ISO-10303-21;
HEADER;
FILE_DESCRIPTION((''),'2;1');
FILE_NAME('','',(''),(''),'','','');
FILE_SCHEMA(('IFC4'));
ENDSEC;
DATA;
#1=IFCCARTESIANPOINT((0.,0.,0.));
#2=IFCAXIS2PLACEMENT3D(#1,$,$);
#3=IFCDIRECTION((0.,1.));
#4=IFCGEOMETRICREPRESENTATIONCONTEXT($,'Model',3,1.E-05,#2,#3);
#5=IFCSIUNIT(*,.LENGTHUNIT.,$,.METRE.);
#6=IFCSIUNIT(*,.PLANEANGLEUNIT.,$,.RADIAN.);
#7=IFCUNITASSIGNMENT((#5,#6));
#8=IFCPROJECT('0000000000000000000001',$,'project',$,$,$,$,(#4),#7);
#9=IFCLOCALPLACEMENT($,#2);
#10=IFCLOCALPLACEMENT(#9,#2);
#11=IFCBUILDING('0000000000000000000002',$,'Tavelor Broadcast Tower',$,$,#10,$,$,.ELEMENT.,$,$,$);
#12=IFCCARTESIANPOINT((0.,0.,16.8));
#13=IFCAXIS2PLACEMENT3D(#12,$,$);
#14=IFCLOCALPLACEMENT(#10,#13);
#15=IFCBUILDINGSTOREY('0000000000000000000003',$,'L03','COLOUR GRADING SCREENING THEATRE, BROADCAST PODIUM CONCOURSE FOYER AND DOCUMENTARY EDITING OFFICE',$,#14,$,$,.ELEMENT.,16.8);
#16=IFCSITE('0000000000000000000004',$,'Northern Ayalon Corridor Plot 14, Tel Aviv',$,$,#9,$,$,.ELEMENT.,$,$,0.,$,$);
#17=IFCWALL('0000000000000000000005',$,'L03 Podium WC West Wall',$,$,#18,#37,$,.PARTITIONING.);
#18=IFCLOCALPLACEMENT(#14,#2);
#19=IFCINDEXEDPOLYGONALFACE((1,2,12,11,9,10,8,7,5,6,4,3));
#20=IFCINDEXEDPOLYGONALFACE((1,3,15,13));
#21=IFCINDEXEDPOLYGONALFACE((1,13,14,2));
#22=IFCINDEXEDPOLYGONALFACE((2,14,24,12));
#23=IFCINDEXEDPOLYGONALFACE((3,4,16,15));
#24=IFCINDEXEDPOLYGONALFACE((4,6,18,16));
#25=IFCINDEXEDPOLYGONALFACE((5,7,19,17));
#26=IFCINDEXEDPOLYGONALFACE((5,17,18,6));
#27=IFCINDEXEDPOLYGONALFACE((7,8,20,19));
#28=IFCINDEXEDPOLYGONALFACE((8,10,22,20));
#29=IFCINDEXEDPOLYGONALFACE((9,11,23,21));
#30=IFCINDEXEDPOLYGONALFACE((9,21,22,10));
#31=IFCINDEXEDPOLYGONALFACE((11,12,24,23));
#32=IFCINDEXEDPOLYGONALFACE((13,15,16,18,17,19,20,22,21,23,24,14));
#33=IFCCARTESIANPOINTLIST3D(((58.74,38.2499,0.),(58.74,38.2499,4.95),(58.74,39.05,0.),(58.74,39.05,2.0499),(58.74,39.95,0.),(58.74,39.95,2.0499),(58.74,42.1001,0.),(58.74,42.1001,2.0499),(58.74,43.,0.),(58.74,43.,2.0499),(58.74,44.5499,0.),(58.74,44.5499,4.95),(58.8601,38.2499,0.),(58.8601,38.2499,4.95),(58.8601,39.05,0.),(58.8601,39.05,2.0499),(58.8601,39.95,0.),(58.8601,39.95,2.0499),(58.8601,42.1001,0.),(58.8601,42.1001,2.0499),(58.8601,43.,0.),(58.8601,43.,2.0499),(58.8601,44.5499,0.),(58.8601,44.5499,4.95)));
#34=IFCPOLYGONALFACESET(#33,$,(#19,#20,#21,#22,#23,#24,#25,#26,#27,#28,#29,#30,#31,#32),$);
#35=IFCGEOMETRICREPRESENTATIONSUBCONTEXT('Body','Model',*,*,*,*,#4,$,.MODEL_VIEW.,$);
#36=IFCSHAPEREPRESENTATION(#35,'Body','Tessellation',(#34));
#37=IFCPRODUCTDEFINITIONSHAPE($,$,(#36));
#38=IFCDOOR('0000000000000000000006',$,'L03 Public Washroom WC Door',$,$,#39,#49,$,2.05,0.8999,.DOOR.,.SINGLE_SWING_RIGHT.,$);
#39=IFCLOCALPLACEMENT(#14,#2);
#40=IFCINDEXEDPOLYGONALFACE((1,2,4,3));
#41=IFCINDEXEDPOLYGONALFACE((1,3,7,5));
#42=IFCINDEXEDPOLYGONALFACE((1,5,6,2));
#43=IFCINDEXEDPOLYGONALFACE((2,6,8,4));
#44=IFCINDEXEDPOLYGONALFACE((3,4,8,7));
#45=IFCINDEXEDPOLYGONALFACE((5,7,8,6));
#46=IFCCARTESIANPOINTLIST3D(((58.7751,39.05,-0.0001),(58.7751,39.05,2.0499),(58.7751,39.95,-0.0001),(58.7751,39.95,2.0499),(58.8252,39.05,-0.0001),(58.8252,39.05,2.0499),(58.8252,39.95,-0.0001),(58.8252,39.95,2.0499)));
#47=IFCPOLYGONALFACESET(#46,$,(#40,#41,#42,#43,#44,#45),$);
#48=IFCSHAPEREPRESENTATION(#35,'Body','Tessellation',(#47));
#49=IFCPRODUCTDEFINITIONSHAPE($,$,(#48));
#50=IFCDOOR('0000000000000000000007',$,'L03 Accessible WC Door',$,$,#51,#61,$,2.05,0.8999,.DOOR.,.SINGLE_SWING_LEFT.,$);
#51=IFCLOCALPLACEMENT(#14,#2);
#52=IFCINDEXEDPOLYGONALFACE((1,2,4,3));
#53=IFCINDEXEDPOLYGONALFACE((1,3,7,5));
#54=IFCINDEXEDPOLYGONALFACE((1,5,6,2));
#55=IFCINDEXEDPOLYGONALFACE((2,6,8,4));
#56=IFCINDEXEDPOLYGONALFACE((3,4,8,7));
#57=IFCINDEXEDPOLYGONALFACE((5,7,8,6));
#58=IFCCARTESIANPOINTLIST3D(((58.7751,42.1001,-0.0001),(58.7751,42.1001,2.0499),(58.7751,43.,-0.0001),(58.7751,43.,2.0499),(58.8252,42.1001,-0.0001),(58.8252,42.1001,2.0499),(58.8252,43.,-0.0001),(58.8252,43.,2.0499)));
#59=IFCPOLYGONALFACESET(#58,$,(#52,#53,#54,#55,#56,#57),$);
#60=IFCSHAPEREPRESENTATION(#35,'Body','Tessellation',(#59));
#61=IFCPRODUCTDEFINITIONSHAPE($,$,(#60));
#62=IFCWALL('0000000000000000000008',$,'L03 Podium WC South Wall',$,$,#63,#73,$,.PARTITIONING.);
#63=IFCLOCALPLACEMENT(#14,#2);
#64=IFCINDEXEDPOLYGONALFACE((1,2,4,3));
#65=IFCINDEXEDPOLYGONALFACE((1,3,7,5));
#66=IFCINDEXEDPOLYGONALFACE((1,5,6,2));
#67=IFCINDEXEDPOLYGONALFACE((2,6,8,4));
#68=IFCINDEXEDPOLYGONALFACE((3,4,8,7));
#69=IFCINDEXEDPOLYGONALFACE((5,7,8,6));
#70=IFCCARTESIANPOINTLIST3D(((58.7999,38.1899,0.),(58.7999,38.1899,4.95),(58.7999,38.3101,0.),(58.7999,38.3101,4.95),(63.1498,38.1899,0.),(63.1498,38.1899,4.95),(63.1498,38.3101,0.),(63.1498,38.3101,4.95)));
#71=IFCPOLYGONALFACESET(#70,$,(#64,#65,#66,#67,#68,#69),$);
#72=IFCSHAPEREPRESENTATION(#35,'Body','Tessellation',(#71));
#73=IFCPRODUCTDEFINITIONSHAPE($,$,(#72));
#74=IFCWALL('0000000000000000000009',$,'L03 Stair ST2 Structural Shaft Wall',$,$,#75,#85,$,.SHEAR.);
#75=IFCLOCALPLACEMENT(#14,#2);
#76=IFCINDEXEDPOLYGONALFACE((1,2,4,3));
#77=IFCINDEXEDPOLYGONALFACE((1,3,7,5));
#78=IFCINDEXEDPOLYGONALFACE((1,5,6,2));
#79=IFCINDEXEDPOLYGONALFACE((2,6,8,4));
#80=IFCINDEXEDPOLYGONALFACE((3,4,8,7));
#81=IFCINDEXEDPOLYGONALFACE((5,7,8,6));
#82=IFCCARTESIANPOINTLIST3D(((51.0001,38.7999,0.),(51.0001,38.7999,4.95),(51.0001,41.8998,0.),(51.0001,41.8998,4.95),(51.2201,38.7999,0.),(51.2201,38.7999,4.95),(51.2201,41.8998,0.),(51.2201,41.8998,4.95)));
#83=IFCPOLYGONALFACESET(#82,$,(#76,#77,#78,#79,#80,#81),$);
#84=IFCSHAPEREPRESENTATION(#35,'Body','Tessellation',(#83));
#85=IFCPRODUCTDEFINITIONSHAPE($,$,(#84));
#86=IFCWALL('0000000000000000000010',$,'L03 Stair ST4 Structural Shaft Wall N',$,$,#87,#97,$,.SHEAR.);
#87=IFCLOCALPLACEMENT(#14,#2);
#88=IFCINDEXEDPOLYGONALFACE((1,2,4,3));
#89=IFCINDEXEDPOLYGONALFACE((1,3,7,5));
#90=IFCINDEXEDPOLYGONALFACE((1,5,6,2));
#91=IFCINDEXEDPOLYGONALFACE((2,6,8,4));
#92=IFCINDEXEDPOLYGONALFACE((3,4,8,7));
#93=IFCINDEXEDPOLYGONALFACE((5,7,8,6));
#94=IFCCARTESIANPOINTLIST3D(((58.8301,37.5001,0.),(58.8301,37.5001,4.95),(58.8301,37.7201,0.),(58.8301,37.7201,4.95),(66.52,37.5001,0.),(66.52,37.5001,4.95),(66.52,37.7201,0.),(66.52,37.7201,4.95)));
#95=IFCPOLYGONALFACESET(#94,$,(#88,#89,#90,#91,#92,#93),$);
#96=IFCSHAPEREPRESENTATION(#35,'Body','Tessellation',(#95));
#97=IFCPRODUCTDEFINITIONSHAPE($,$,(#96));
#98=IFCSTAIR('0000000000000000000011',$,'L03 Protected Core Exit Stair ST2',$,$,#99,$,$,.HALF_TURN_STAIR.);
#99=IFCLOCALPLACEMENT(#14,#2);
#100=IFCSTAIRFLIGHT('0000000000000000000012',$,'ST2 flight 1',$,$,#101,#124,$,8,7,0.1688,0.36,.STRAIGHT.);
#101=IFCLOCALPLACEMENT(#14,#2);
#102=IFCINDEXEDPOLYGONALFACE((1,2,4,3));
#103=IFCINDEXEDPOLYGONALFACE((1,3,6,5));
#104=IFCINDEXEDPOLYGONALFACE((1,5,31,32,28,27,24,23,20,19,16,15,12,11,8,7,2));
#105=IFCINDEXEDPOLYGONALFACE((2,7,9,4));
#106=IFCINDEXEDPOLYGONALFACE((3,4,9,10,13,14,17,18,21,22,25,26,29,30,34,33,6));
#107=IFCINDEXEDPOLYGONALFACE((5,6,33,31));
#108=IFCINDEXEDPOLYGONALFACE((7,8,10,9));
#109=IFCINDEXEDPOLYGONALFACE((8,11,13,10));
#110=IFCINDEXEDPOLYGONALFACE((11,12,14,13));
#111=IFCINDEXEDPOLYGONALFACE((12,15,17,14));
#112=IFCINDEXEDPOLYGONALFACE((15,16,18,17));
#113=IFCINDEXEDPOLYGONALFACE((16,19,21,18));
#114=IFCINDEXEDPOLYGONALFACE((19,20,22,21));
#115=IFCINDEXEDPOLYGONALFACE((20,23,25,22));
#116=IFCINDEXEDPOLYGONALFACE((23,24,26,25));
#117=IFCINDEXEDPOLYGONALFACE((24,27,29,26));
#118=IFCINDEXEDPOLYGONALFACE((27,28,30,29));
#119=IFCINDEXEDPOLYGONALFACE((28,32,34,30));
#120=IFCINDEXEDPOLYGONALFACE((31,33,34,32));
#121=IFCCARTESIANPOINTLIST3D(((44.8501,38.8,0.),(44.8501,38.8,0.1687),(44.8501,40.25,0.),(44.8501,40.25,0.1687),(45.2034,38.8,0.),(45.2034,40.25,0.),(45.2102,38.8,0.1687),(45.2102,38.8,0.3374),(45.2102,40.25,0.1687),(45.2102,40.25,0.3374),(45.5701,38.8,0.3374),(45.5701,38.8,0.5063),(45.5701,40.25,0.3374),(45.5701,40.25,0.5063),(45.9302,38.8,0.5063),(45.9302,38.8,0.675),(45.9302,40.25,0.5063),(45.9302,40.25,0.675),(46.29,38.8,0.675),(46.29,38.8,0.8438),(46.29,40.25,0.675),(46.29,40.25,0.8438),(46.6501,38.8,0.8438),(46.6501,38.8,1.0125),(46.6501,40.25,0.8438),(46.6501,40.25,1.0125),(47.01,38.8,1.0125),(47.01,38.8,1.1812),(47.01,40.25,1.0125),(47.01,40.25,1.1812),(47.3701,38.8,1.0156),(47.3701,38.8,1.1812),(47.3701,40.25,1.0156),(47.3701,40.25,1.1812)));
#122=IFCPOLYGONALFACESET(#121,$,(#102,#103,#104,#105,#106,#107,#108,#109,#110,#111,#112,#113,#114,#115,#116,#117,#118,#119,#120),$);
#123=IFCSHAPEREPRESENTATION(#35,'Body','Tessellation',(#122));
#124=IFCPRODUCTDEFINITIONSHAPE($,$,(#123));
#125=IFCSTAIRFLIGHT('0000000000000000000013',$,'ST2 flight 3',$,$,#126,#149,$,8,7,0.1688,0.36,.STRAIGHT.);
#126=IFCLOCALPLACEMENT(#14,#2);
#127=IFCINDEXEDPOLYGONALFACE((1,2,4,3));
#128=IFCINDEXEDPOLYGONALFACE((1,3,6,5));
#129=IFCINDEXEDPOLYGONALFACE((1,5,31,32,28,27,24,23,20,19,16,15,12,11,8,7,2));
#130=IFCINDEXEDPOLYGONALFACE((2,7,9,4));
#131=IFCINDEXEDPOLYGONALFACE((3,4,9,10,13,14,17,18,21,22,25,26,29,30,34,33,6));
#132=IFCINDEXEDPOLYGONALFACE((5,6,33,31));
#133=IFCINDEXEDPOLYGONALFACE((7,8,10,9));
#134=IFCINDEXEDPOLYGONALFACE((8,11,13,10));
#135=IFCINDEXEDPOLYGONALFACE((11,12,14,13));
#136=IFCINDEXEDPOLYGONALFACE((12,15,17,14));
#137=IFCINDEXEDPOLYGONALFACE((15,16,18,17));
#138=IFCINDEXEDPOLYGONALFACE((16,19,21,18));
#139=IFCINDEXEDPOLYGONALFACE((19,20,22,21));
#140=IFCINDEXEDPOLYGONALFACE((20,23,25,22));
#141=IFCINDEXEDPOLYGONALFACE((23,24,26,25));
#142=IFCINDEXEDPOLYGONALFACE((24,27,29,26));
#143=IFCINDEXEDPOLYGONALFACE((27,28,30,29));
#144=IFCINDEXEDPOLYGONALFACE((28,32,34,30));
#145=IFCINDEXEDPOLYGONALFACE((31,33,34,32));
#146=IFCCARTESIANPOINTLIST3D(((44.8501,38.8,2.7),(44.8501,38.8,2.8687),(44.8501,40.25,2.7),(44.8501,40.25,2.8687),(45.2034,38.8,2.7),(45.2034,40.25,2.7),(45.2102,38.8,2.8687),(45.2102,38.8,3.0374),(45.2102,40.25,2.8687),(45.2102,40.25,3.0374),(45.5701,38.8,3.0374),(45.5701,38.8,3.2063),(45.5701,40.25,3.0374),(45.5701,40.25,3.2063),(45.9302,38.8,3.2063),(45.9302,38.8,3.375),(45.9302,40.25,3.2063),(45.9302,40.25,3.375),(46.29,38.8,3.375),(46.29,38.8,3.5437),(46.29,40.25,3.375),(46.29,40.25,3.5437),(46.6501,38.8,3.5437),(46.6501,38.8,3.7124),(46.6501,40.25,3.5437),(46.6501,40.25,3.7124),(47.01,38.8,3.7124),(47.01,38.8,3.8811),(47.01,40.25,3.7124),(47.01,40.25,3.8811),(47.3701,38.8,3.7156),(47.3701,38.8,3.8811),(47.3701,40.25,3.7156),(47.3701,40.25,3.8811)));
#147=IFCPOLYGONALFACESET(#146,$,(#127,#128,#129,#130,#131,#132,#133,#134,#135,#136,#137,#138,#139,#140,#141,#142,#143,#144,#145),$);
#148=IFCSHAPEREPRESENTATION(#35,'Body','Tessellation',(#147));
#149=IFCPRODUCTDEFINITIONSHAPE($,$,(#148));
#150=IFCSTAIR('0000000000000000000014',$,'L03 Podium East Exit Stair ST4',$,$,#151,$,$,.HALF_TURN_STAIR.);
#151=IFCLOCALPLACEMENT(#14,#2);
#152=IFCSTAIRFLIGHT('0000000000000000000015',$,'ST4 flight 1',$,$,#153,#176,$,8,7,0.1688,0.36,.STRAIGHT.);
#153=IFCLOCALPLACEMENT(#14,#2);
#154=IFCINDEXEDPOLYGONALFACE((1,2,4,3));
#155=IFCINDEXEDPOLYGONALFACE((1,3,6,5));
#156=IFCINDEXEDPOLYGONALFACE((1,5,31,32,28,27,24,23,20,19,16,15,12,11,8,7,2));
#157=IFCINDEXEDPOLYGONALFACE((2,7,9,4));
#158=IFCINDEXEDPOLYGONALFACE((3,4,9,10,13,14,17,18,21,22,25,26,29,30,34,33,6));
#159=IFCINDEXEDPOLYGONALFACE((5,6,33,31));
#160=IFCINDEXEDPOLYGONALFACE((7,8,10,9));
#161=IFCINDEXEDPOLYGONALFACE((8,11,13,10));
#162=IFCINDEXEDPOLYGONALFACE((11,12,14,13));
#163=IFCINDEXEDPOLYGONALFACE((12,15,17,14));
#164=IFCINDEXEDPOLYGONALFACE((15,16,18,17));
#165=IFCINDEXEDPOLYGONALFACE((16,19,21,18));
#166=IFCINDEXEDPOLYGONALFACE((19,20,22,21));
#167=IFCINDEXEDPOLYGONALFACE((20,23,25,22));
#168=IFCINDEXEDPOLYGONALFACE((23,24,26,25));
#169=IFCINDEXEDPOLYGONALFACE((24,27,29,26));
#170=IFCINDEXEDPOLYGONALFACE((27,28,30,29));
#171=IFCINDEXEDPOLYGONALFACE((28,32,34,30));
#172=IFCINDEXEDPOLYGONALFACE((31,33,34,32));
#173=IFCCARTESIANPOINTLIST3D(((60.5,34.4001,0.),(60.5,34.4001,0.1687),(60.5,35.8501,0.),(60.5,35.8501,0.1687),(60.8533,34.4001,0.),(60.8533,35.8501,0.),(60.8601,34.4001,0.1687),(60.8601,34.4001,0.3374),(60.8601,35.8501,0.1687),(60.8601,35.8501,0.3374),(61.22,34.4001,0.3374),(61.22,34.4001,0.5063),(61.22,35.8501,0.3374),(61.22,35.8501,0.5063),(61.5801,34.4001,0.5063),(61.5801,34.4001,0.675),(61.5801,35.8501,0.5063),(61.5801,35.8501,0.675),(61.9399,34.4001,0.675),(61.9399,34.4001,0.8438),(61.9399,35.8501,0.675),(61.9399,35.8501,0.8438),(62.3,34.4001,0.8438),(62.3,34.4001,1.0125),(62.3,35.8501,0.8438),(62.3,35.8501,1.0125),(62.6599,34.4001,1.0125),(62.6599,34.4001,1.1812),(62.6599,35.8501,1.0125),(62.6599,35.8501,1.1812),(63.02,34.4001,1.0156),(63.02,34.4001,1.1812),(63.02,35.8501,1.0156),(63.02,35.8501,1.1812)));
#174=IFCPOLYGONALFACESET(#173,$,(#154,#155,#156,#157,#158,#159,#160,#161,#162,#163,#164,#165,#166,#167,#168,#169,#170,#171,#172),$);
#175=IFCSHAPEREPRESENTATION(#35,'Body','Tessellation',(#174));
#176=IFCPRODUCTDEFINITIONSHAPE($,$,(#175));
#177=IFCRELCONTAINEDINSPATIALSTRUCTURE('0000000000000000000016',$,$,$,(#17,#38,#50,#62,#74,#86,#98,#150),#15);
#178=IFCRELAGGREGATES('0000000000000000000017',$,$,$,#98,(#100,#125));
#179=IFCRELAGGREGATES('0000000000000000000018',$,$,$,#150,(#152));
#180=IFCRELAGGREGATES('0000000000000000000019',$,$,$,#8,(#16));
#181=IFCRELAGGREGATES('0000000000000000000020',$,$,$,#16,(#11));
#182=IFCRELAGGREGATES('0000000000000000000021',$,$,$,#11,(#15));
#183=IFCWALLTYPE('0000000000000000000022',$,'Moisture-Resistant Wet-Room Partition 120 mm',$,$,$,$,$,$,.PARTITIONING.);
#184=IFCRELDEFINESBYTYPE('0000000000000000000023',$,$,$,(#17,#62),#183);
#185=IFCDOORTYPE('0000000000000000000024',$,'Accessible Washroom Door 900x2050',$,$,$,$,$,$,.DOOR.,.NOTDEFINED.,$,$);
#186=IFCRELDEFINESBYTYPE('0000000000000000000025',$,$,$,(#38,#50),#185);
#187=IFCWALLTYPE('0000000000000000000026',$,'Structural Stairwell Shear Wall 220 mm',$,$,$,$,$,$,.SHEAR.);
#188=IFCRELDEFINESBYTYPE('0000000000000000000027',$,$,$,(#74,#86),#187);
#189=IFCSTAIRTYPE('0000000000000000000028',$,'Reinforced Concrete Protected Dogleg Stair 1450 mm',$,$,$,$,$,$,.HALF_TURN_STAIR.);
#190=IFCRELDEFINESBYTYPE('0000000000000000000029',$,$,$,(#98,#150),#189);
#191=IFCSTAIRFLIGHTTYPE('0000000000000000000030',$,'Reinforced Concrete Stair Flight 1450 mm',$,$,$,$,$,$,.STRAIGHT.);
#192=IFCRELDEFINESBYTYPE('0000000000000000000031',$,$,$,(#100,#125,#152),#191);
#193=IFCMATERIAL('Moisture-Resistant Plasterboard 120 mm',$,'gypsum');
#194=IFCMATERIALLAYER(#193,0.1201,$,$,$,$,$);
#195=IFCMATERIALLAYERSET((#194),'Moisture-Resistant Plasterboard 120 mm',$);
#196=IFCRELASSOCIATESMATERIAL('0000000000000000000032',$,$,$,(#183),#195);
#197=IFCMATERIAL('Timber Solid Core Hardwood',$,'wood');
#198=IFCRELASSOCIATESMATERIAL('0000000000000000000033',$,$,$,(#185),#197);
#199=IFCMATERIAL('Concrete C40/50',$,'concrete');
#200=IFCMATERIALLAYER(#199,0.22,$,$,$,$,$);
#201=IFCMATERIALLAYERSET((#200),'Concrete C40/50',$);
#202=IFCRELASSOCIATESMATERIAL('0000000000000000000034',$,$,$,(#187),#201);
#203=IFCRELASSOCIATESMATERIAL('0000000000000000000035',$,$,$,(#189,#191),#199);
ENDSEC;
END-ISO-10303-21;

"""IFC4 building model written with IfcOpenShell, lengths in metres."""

from ifc_helpers import new_model, si_unit, direction, frame, frame_2d, origin, place, context, subcontext, project, spatial, polyline, rectangle, outline, extrude, material, layer, layer_set, type_object, element, fill, aggregate, save


model = new_model("IFC4")

# Units and contexts
model_context = context("Model", 3, precision=1e-05, world=origin(), true_north=direction((0.0, 1.0)))
body_context = subcontext(model_context, "Body", "Model", "MODEL_VIEW")
ifc_project = project(units=[si_unit("LENGTHUNIT", "METRE"), si_unit("PLANEANGLEUNIT", "RADIAN")], contexts=[model_context])

# Site, building, storey
site_placement = place(None, origin())
site = spatial("IfcSite", under=ifc_project, at=site_placement, Name="Northern Ayalon Corridor Plot 14, Tel Aviv", CompositionType="ELEMENT", RefElevation=0.0)
building_placement = place(site_placement, origin())
building = spatial("IfcBuilding", under=site, at=building_placement, Name="Tavelor Broadcast Tower", CompositionType="ELEMENT")
storey_placement = place(building_placement, frame((0.0, 0.0, 16.8)))
storey = spatial("IfcBuildingStorey", under=building, at=storey_placement, Name="L03", Description="COLOUR GRADING SCREENING THEATRE, BROADCAST PODIUM CONCOURSE FOYER AND DOCUMENTARY EDITING OFFICE", CompositionType="ELEMENT", Elevation=16.8)

# Shared definitions
ifc_material_1 = material(Name="Concrete C40/50", Category="concrete")

# Wall, openings, doors
ifc_material_2 = material(Name="Moisture-Resistant Plasterboard 120 mm", Category="gypsum")
ifc_layer_1 = layer(ifc_material_2, 0.1201)
ifc_layer_set_1 = layer_set([ifc_layer_1], Name="Moisture-Resistant Plasterboard 120 mm")
wall_type_1 = type_object("IfcWallType", Name="Moisture-Resistant Wet-Room Partition 120 mm", PredefinedType="PARTITIONING", material=ifc_layer_set_1)
wall_1_placement = place(storey_placement, frame((58.8, 38.25, 0.0), z_axis=(0.0, 0.0, 1.0), x_axis=(0.0, 1.0, 0.0)))
wall_1 = element("IfcWall", 1, at=wall_1_placement, inside=storey, type_object=wall_type_1, Name="L03 Podium WC West Wall", PredefinedType="PARTITIONING", context=body_context, shape_type="SweptSolid", body=[
    extrude(rectangle(XDim=6.3, YDim=0.1201, at=frame_2d((3.1499, 0.0))), origin(), (0.0, 0.0, 1.0), 4.95),
])
opening_1_placement = place(wall_1_placement, frame((0.8, 0.0, 0.0)))
opening_1 = element("IfcOpeningElement", 2, at=opening_1_placement, cuts=wall_1, PredefinedType="OPENING", context=body_context, shape_type="SweptSolid", body=[
    extrude(rectangle(XDim=0.8999, YDim=2.05, at=frame_2d((0.45, 1.0249))), frame((0.0, 0.0701, 0.0), z_axis=(0.0, -1.0, 0.0), x_axis=(1.0, 0.0, 0.0)), (0.0, 0.0, 1.0), 0.1401),
])
opening_2_placement = place(wall_1_placement, frame((3.8501, 0.0, 0.0)))
opening_2 = element("IfcOpeningElement", 3, at=opening_2_placement, cuts=wall_1, PredefinedType="OPENING", context=body_context, shape_type="SweptSolid", body=[
    extrude(rectangle(XDim=0.8999, YDim=2.05, at=frame_2d((0.45, 1.0249))), frame((0.0, 0.0701, 0.0), z_axis=(0.0, -1.0, 0.0), x_axis=(1.0, 0.0, 0.0)), (0.0, 0.0, 1.0), 0.1401),
])
ifc_material_3 = material(Name="Timber Solid Core Hardwood", Category="wood")
door_type_1 = type_object("IfcDoorType", Name="Accessible Washroom Door 900x2050", OperationType="NOTDEFINED", PredefinedType="DOOR", material=ifc_material_3)
door_1_placement = place(opening_1_placement, origin())
door_1 = element("IfcDoor", 4, at=door_1_placement, inside=storey, type_object=door_type_1, Name="L03 Public Washroom WC Door", OperationType="SINGLE_SWING_RIGHT", OverallHeight=2.05, OverallWidth=0.8999, PredefinedType="DOOR", context=body_context, shape_type="SweptSolid", body=[
    extrude(rectangle(XDim=0.8999, YDim=2.05, at=frame_2d((0.45, 1.0249))), frame((0.0, 0.0249, 0.0), z_axis=(0.0, -1.0, 0.0), x_axis=(1.0, 0.0, 0.0)), (0.0, 0.0, 1.0), 0.05),
])
fill(opening_1, door_1)
door_2_placement = place(opening_2_placement, origin())
door_2 = element("IfcDoor", 5, at=door_2_placement, inside=storey, type_object=door_type_1, Name="L03 Accessible WC Door", OperationType="SINGLE_SWING_LEFT", OverallHeight=2.05, OverallWidth=0.8999, PredefinedType="DOOR", context=body_context, shape_type="SweptSolid", body=[
    extrude(rectangle(XDim=0.8999, YDim=2.05, at=frame_2d((0.45, 1.0249))), frame((0.0, 0.0249, 0.0), z_axis=(0.0, -1.0, 0.0), x_axis=(1.0, 0.0, 0.0)), (0.0, 0.0, 1.0), 0.05),
])
fill(opening_2, door_2)

# Walls
wall_2_placement = place(storey_placement, frame((58.8, 38.25, 0.0), z_axis=(0.0, 0.0, 1.0), x_axis=(1.0, 0.0, 0.0)))
element("IfcWall", 6, at=wall_2_placement, inside=storey, type_object=wall_type_1, Name="L03 Podium WC South Wall", PredefinedType="PARTITIONING", context=body_context, shape_type="SweptSolid", body=[
    extrude(rectangle(XDim=4.3499, YDim=0.1201, at=frame_2d((2.1748, 0.0))), origin(), (0.0, 0.0, 1.0), 4.95),
])
ifc_layer_2 = layer(ifc_material_1, 0.22)
ifc_layer_set_2 = layer_set([ifc_layer_2], Name="Concrete C40/50")
wall_type_2 = type_object("IfcWallType", Name="Structural Stairwell Shear Wall 220 mm", PredefinedType="SHEAR", material=ifc_layer_set_2)
wall_3_placement = place(storey_placement, frame((51.1101, 38.8, 0.0), z_axis=(0.0, 0.0, 1.0), x_axis=(0.0, 1.0, 0.0)))
element("IfcWall", 7, at=wall_3_placement, inside=storey, type_object=wall_type_2, Name="L03 Stair ST2 Structural Shaft Wall", PredefinedType="SHEAR", context=body_context, shape_type="SweptSolid", body=[
    extrude(rectangle(XDim=3.0999, YDim=0.22, at=frame_2d((1.5498, 0.0))), origin(), (0.0, 0.0, 1.0), 4.95),
])
wall_4_placement = place(storey_placement, frame((58.8301, 37.6101, 0.0), z_axis=(0.0, 0.0, 1.0), x_axis=(1.0, 0.0, 0.0)))
element("IfcWall", 8, at=wall_4_placement, inside=storey, type_object=wall_type_2, Name="L03 Stair ST4 Structural Shaft Wall N", PredefinedType="SHEAR", context=body_context, shape_type="SweptSolid", body=[
    extrude(rectangle(XDim=7.6899, YDim=0.22, at=frame_2d((3.845, 0.0))), origin(), (0.0, 0.0, 1.0), 4.95),
])

# Stairs, stair flights
stair_type = type_object("IfcStairType", Name="Reinforced Concrete Protected Dogleg Stair 1450 mm", PredefinedType="HALF_TURN_STAIR", material=ifc_material_1)
stair_1_placement = place(storey_placement, origin())
stair_1 = element("IfcStair", 9, at=stair_1_placement, inside=storey, type_object=stair_type, Name="L03 Protected Core Exit Stair ST2", PredefinedType="HALF_TURN_STAIR")
stair_flight_type = type_object("IfcStairFlightType", Name="Reinforced Concrete Stair Flight 1450 mm", PredefinedType="STRAIGHT", material=ifc_material_1)
stair_flight_1_placement = place(storey_placement, frame((44.8501, 39.5249, 0.0), z_axis=(0.0, 0.0, 1.0), x_axis=(1.0, 0.0, 0.0)))
stair_flight_1 = element("IfcStairFlight", 10, at=stair_flight_1_placement, type_object=stair_flight_type, Name="ST2 flight 1", NumberOfRisers=8, NumberOfTreads=7, PredefinedType="STRAIGHT", RiserHeight=0.1688, TreadLength=0.36, context=body_context, shape_type="SweptSolid", body=[
    extrude(outline(polyline([(0.0, 0.0), (0.0, 0.1687), (0.3601, 0.1687), (0.3601, 0.3374), (0.72, 0.3374), (0.72, 0.5063), (1.0801, 0.5063), (1.0801, 0.675), (1.4399, 0.675), (1.4399, 0.8438), (1.8, 0.8438), (1.8, 1.0125), (2.1599, 1.0125), (2.1599, 1.1812), (2.52, 1.1812), (2.52, 1.3501), (2.52, 1.0156), (0.3533, 0.0), (0.0, 0.0)])), frame((0.0, 0.7251, 0.0), z_axis=(0.0, -1.0, 0.0), x_axis=(1.0, 0.0, 0.0)), (0.0, 0.0, 1.0), 1.45),
])
stair_flight_2_placement = place(storey_placement, frame((44.8501, 39.5249, 2.7), z_axis=(0.0, 0.0, 1.0), x_axis=(1.0, 0.0, 0.0)))
stair_flight_2 = element("IfcStairFlight", 11, at=stair_flight_2_placement, type_object=stair_flight_type, Name="ST2 flight 3", NumberOfRisers=8, NumberOfTreads=7, PredefinedType="STRAIGHT", RiserHeight=0.1688, TreadLength=0.36, context=body_context, shape_type="SweptSolid", body=[
    extrude(outline(polyline([(0.0, 0.0), (0.0, 0.1687), (0.3601, 0.1687), (0.3601, 0.3374), (0.72, 0.3374), (0.72, 0.5063), (1.0801, 0.5063), (1.0801, 0.675), (1.4399, 0.675), (1.4399, 0.8438), (1.8, 0.8438), (1.8, 1.0125), (2.1599, 1.0125), (2.1599, 1.1812), (2.52, 1.1812), (2.52, 1.3501), (2.52, 1.0156), (0.3533, 0.0), (0.0, 0.0)])), frame((0.0, 0.7251, 0.0), z_axis=(0.0, -1.0, 0.0), x_axis=(1.0, 0.0, 0.0)), (0.0, 0.0, 1.0), 1.45),
])
aggregate(stair_1, [stair_flight_1, stair_flight_2])
stair_2_placement = place(storey_placement, origin())
stair_2 = element("IfcStair", 12, at=stair_2_placement, inside=storey, type_object=stair_type, Name="L03 Podium East Exit Stair ST4", PredefinedType="HALF_TURN_STAIR")
stair_flight_3_placement = place(storey_placement, frame((60.5, 35.125, 0.0), z_axis=(0.0, 0.0, 1.0), x_axis=(1.0, 0.0, 0.0)))
stair_flight_3 = element("IfcStairFlight", 13, at=stair_flight_3_placement, type_object=stair_flight_type, Name="ST4 flight 1", NumberOfRisers=8, NumberOfTreads=7, PredefinedType="STRAIGHT", RiserHeight=0.1688, TreadLength=0.36, context=body_context, shape_type="SweptSolid", body=[
    extrude(outline(polyline([(0.0, 0.0), (0.0, 0.1687), (0.3601, 0.1687), (0.3601, 0.3374), (0.72, 0.3374), (0.72, 0.5063), (1.0801, 0.5063), (1.0801, 0.675), (1.4399, 0.675), (1.4399, 0.8438), (1.8, 0.8438), (1.8, 1.0125), (2.1599, 1.0125), (2.1599, 1.1812), (2.52, 1.1812), (2.52, 1.3501), (2.52, 1.0156), (0.3533, 0.0), (0.0, 0.0)])), frame((0.0, 0.7251, 0.0), z_axis=(0.0, -1.0, 0.0), x_axis=(1.0, 0.0, 0.0)), (0.0, 0.0, 1.0), 1.45),
])
aggregate(stair_2, [stair_flight_3])

save(model, "model.ifc")
